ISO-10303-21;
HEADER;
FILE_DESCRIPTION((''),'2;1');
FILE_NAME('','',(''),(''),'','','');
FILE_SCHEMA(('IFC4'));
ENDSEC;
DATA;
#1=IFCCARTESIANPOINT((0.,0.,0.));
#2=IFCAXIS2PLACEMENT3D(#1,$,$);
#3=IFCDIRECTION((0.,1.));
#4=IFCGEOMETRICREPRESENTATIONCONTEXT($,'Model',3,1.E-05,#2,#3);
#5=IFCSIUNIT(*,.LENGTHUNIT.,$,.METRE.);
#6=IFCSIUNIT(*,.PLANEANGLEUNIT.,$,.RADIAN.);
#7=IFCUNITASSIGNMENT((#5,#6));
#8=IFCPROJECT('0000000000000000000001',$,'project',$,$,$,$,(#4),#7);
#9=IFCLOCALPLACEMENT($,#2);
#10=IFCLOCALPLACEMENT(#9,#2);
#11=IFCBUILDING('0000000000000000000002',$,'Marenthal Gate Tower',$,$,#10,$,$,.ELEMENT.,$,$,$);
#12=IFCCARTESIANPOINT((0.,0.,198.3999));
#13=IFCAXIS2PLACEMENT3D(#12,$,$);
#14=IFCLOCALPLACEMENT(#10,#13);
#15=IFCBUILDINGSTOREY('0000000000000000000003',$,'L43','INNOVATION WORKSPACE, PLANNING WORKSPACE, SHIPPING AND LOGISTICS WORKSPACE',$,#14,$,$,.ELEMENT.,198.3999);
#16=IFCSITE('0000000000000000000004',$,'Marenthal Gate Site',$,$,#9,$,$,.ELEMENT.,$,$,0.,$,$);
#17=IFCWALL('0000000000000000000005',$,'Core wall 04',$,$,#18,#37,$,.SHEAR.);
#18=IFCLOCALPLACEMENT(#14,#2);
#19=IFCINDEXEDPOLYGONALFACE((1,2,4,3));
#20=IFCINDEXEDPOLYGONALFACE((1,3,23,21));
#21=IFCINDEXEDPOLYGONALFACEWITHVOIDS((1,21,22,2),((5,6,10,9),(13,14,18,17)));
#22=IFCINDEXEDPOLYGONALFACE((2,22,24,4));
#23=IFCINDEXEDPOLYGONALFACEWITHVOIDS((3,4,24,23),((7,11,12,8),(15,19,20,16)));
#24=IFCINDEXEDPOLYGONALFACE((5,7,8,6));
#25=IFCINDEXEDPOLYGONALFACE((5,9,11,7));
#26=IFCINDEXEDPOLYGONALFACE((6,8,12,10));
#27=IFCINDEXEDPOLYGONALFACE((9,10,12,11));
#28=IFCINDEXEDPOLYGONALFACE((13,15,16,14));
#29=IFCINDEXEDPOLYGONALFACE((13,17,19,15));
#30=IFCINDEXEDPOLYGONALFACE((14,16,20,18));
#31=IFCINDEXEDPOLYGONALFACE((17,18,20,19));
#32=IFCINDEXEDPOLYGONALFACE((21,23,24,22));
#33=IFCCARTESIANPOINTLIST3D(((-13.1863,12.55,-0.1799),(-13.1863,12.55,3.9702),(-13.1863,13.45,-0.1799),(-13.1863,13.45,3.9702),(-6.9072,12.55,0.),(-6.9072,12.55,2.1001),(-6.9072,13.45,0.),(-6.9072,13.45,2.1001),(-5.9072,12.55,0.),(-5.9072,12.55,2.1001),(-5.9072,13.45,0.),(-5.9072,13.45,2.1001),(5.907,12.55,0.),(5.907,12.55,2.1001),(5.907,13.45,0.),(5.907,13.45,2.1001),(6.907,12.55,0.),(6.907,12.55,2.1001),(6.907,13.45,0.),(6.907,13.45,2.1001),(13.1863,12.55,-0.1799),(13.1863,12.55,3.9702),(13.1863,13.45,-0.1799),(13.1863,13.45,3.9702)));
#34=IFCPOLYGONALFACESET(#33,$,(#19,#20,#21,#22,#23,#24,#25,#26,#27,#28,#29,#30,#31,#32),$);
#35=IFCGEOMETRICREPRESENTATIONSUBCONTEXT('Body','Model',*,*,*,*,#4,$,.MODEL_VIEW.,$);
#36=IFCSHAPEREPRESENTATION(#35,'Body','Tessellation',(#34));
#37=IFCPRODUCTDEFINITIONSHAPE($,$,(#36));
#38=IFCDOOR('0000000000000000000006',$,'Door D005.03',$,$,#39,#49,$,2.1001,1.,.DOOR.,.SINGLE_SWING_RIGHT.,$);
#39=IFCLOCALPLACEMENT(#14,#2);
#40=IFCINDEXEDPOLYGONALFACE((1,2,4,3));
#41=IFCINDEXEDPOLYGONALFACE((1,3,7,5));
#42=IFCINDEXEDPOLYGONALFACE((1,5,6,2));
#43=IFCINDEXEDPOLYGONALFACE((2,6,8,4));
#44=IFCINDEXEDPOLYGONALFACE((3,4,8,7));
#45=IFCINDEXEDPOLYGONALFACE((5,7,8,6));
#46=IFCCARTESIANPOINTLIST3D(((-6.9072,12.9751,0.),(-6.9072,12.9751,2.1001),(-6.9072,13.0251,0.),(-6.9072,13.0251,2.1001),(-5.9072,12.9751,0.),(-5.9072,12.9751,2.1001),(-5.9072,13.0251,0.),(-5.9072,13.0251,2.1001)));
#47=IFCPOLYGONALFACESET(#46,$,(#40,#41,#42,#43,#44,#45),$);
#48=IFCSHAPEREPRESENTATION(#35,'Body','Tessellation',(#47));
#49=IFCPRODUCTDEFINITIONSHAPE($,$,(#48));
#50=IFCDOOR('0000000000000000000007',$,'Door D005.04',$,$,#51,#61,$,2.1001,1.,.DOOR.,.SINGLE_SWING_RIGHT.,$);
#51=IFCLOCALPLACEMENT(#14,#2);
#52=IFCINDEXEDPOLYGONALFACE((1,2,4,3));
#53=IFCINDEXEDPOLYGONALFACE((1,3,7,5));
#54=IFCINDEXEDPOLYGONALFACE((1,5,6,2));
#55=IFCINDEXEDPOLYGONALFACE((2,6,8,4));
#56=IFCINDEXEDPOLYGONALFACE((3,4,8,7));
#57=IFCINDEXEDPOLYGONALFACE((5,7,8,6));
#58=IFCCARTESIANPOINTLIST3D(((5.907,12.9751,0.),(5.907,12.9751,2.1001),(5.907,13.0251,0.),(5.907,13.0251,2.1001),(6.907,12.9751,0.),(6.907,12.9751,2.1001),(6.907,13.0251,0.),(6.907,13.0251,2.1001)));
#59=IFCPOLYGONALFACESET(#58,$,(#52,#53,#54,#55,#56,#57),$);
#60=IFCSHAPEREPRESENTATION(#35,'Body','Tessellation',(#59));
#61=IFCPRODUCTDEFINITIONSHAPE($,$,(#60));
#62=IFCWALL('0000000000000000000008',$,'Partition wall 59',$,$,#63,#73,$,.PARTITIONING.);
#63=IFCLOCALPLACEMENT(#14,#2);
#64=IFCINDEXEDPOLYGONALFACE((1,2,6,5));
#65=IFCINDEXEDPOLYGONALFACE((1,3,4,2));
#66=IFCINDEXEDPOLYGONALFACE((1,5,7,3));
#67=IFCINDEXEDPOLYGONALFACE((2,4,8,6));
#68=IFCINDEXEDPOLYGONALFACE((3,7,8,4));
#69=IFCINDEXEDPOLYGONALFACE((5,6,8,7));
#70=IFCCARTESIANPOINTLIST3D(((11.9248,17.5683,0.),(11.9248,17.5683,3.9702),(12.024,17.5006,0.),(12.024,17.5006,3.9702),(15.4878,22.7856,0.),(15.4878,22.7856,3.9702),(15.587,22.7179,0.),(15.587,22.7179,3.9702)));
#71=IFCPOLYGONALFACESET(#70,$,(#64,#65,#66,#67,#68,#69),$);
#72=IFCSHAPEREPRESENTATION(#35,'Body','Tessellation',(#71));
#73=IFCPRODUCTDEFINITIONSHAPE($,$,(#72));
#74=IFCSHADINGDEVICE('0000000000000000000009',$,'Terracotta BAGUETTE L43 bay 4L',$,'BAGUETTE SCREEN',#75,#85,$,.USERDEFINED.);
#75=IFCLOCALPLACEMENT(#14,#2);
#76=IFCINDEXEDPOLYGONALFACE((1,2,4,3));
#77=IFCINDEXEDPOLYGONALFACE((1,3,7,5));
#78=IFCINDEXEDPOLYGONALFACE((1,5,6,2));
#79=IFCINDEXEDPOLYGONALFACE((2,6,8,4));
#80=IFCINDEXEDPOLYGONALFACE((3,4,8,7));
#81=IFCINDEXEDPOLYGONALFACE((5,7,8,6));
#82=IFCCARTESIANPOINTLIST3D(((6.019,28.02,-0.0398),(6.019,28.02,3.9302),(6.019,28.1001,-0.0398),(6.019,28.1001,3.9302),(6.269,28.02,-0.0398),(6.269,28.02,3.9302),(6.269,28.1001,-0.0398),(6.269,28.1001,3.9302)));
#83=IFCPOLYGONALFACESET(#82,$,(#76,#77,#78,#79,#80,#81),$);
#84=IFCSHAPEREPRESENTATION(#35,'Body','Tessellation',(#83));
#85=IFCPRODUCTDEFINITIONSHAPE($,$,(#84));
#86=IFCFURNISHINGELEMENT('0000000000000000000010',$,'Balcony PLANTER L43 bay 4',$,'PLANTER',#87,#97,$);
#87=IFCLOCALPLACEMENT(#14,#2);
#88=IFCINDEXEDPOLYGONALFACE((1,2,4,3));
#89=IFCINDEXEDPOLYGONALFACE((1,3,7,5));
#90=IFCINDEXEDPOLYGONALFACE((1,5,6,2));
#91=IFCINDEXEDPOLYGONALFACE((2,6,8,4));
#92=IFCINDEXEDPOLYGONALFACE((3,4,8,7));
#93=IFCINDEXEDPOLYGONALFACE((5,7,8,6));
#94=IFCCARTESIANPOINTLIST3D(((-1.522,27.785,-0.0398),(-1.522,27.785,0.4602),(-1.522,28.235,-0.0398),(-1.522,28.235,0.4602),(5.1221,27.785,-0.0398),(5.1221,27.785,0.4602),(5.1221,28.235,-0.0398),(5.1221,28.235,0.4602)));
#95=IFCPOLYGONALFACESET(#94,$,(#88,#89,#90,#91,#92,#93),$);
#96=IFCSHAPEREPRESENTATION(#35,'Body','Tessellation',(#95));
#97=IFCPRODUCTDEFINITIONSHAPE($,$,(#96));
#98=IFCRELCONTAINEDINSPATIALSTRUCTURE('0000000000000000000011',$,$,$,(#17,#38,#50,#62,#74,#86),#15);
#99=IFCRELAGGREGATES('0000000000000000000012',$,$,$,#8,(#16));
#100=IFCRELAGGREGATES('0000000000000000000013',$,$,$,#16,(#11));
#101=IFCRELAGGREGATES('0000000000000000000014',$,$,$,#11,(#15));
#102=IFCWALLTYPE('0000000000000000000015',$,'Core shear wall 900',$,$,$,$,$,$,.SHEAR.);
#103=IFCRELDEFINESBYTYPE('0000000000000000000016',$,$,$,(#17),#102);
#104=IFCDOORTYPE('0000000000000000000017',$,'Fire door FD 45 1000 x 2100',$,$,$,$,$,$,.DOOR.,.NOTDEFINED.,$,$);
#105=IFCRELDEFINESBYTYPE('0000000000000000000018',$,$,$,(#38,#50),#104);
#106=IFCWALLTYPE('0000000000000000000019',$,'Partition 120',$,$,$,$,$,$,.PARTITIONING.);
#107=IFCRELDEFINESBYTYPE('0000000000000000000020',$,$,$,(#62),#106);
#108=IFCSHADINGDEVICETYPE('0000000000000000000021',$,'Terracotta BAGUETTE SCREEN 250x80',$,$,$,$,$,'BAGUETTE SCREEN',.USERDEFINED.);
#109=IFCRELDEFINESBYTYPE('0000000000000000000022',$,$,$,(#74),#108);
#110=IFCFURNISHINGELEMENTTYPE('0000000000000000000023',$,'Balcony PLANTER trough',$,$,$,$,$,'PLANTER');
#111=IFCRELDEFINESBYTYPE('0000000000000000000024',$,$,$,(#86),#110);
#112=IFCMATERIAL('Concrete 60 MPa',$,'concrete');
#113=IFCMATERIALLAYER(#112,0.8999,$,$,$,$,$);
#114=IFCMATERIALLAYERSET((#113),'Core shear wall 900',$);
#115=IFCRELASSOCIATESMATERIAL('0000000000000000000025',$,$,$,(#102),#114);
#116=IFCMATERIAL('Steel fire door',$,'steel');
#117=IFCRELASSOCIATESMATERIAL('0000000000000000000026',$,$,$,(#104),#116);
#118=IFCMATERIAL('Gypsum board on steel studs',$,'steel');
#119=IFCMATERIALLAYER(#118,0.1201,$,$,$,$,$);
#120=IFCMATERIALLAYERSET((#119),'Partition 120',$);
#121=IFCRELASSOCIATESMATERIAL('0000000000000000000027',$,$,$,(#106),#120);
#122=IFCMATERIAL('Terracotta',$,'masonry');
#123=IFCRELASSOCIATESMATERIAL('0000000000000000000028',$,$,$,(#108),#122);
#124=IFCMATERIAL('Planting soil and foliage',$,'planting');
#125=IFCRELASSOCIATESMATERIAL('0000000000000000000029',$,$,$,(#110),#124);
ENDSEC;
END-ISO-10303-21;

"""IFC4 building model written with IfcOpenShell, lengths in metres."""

from ifc_helpers import new_model, si_unit, direction, frame, frame_2d, origin, origin_2d, place, context, subcontext, project, spatial, rectangle, extrude, material, layer, layer_set, material_profile, profile_set, type_object, element, fill, save


model = new_model("IFC4")

# Units and contexts
model_context = context("Model", 3, precision=1e-05, world=origin(), true_north=direction((0.0, 1.0)))
body_context = subcontext(model_context, "Body", "Model", "MODEL_VIEW")
ifc_project = project(units=[si_unit("LENGTHUNIT", "METRE"), si_unit("PLANEANGLEUNIT", "RADIAN")], contexts=[model_context])

# Site, building, storey
site_placement = place(None, origin())
site = spatial("IfcSite", under=ifc_project, at=site_placement, Name="Marenthal Gate Site", CompositionType="ELEMENT", RefElevation=0.0)
building_placement = place(site_placement, origin())
building = spatial("IfcBuilding", under=site, at=building_placement, Name="Marenthal Gate Tower", CompositionType="ELEMENT")
storey_placement = place(building_placement, frame((0.0, 0.0, 198.3999)))
storey = spatial("IfcBuildingStorey", under=building, at=storey_placement, Name="L43", Description="INNOVATION WORKSPACE, PLANNING WORKSPACE, SHIPPING AND LOGISTICS WORKSPACE", CompositionType="ELEMENT", Elevation=198.3999)

# Wall, openings, doors
ifc_material_1 = material(Name="Concrete 60 MPa", Category="concrete")
ifc_layer_1 = layer(ifc_material_1, 0.8999)
ifc_layer_set_1 = layer_set([ifc_layer_1], Name="Core shear wall 900")
wall_type_1 = type_object("IfcWallType", Name="Core shear wall 900", PredefinedType="SHEAR", material=ifc_layer_set_1)
wall_1_placement = place(storey_placement, frame((13.1863, 13.0, -0.1799), z_axis=(0.0, 0.0, 1.0), x_axis=(-1.0, 0.0, 0.0)))
wall_1 = element("IfcWall", 1, at=wall_1_placement, inside=storey, type_object=wall_type_1, Name="Core wall 04", PredefinedType="SHEAR", context=body_context, shape_type="SweptSolid", body=[
    extrude(rectangle(XDim=26.3726, YDim=0.8999, at=frame_2d((13.1863, 0.0))), origin(), (0.0, 0.0, 1.0), 4.1501),
])
opening_1_placement = place(wall_1_placement, frame((19.0935, 0.0, 0.1799)))
opening_1 = element("IfcOpeningElement", 2, at=opening_1_placement, cuts=wall_1, PredefinedType="OPENING", context=body_context, shape_type="SweptSolid", body=[
    extrude(rectangle(XDim=1.0, YDim=2.1001, at=frame_2d((0.5, 1.05))), frame((0.0, 0.46, 0.0), z_axis=(0.0, -1.0, 0.0), x_axis=(1.0, 0.0, 0.0)), (0.0, 0.0, 1.0), 0.9199),
])
opening_2_placement = place(wall_1_placement, frame((6.2793, 0.0, 0.1799)))
opening_2 = element("IfcOpeningElement", 3, at=opening_2_placement, cuts=wall_1, PredefinedType="OPENING", context=body_context, shape_type="SweptSolid", body=[
    extrude(rectangle(XDim=1.0, YDim=2.1001, at=frame_2d((0.5, 1.05))), frame((0.0, 0.46, 0.0), z_axis=(0.0, -1.0, 0.0), x_axis=(1.0, 0.0, 0.0)), (0.0, 0.0, 1.0), 0.9199),
])
ifc_material_2 = material(Name="Steel fire door", Category="steel")
door_type_1 = type_object("IfcDoorType", Name="Fire door FD 45 1000 x 2100", OperationType="NOTDEFINED", PredefinedType="DOOR", material=ifc_material_2)
door_1_placement = place(opening_1_placement, origin())
door_1 = element("IfcDoor", 4, at=door_1_placement, inside=storey, type_object=door_type_1, Name="Door D005.03", OperationType="SINGLE_SWING_RIGHT", OverallHeight=2.1001, OverallWidth=1.0, PredefinedType="DOOR", context=body_context, shape_type="SweptSolid", body=[
    extrude(rectangle(XDim=1.0, YDim=2.1001, at=frame_2d((0.5, 1.05))), frame((0.0, 0.0249, 0.0), z_axis=(0.0, -1.0, 0.0), x_axis=(1.0, 0.0, 0.0)), (0.0, 0.0, 1.0), 0.05),
])
fill(opening_1, door_1)
door_2_placement = place(opening_2_placement, origin())
door_2 = element("IfcDoor", 5, at=door_2_placement, inside=storey, type_object=door_type_1, Name="Door D005.04", OperationType="SINGLE_SWING_RIGHT", OverallHeight=2.1001, OverallWidth=1.0, PredefinedType="DOOR", context=body_context, shape_type="SweptSolid", body=[
    extrude(rectangle(XDim=1.0, YDim=2.1001, at=frame_2d((0.5, 1.05))), frame((0.0, 0.0249, 0.0), z_axis=(0.0, -1.0, 0.0), x_axis=(1.0, 0.0, 0.0)), (0.0, 0.0, 1.0), 0.05),
])
fill(opening_2, door_2)

# Wall
ifc_material_3 = material(Name="Gypsum board on steel studs", Category="steel")
ifc_layer_2 = layer(ifc_material_3, 0.1201)
ifc_layer_set_2 = layer_set([ifc_layer_2], Name="Partition 120")
wall_type_2 = type_object("IfcWallType", Name="Partition 120", PredefinedType="PARTITIONING", material=ifc_layer_set_2)
wall_2_placement = place(storey_placement, frame((11.9744, 17.5344, 0.0), z_axis=(0.0, 0.0, 1.0), x_axis=(0.563958, 0.825804, 0.0)))
element("IfcWall", 6, at=wall_2_placement, inside=storey, type_object=wall_type_2, Name="Partition wall 59", PredefinedType="PARTITIONING", context=body_context, shape_type="SweptSolid", body=[
    extrude(rectangle(XDim=6.3179, YDim=0.1201, at=frame_2d((3.1589, 0.0))), origin(), (0.0, 0.0, 1.0), 3.9702),
])

# Shading device
ifc_material_4 = material(Name="Terracotta", Category="masonry")
ifc_material_profile_1 = material_profile(ifc_material_4, rectangle(XDim=0.25, YDim=0.0801, at=origin_2d()), Name="Terracotta baguette 250x80")
ifc_profile_set_1 = profile_set([ifc_material_profile_1], Name="Terracotta")
shading_device_type = type_object("IfcShadingDeviceType", Name="Terracotta BAGUETTE SCREEN 250x80", ElementType="BAGUETTE SCREEN", PredefinedType="USERDEFINED", material=ifc_profile_set_1)
shading_device_placement = place(storey_placement, frame((6.144, 28.0601, -0.0398), z_axis=(0.0, 0.0, 1.0), x_axis=(-1.0, 0.0, 0.0)))
element("IfcShadingDevice", 7, at=shading_device_placement, inside=storey, type_object=shading_device_type, Name="Terracotta BAGUETTE L43 bay 4L", ObjectType="BAGUETTE SCREEN", PredefinedType="USERDEFINED", context=body_context, shape_type="SweptSolid", body=[
    extrude(rectangle(XDim=0.25, YDim=0.0801, at=origin_2d()), origin(), (0.0, 0.0, 1.0), 3.97),
])

# Furnishing element
ifc_material_5 = material(Name="Planting soil and foliage", Category="planting")
furnishing_element_type = type_object("IfcFurnishingElementType", Name="Balcony PLANTER trough", ElementType="PLANTER", material=ifc_material_5)
furnishing_placement = place(storey_placement, frame((1.8, 28.01, -0.0398), z_axis=(0.0, 0.0, 1.0), x_axis=(-1.0, 0.0, 0.0)))
element("IfcFurnishingElement", 8, at=furnishing_placement, inside=storey, type_object=furnishing_element_type, Name="Balcony PLANTER L43 bay 4", ObjectType="PLANTER", context=body_context, shape_type="SweptSolid", body=[
    extrude(rectangle(XDim=6.644, YDim=0.45, at=origin_2d()), origin(), (0.0, 0.0, 1.0), 0.5),
])

save(model, "model.ifc")
